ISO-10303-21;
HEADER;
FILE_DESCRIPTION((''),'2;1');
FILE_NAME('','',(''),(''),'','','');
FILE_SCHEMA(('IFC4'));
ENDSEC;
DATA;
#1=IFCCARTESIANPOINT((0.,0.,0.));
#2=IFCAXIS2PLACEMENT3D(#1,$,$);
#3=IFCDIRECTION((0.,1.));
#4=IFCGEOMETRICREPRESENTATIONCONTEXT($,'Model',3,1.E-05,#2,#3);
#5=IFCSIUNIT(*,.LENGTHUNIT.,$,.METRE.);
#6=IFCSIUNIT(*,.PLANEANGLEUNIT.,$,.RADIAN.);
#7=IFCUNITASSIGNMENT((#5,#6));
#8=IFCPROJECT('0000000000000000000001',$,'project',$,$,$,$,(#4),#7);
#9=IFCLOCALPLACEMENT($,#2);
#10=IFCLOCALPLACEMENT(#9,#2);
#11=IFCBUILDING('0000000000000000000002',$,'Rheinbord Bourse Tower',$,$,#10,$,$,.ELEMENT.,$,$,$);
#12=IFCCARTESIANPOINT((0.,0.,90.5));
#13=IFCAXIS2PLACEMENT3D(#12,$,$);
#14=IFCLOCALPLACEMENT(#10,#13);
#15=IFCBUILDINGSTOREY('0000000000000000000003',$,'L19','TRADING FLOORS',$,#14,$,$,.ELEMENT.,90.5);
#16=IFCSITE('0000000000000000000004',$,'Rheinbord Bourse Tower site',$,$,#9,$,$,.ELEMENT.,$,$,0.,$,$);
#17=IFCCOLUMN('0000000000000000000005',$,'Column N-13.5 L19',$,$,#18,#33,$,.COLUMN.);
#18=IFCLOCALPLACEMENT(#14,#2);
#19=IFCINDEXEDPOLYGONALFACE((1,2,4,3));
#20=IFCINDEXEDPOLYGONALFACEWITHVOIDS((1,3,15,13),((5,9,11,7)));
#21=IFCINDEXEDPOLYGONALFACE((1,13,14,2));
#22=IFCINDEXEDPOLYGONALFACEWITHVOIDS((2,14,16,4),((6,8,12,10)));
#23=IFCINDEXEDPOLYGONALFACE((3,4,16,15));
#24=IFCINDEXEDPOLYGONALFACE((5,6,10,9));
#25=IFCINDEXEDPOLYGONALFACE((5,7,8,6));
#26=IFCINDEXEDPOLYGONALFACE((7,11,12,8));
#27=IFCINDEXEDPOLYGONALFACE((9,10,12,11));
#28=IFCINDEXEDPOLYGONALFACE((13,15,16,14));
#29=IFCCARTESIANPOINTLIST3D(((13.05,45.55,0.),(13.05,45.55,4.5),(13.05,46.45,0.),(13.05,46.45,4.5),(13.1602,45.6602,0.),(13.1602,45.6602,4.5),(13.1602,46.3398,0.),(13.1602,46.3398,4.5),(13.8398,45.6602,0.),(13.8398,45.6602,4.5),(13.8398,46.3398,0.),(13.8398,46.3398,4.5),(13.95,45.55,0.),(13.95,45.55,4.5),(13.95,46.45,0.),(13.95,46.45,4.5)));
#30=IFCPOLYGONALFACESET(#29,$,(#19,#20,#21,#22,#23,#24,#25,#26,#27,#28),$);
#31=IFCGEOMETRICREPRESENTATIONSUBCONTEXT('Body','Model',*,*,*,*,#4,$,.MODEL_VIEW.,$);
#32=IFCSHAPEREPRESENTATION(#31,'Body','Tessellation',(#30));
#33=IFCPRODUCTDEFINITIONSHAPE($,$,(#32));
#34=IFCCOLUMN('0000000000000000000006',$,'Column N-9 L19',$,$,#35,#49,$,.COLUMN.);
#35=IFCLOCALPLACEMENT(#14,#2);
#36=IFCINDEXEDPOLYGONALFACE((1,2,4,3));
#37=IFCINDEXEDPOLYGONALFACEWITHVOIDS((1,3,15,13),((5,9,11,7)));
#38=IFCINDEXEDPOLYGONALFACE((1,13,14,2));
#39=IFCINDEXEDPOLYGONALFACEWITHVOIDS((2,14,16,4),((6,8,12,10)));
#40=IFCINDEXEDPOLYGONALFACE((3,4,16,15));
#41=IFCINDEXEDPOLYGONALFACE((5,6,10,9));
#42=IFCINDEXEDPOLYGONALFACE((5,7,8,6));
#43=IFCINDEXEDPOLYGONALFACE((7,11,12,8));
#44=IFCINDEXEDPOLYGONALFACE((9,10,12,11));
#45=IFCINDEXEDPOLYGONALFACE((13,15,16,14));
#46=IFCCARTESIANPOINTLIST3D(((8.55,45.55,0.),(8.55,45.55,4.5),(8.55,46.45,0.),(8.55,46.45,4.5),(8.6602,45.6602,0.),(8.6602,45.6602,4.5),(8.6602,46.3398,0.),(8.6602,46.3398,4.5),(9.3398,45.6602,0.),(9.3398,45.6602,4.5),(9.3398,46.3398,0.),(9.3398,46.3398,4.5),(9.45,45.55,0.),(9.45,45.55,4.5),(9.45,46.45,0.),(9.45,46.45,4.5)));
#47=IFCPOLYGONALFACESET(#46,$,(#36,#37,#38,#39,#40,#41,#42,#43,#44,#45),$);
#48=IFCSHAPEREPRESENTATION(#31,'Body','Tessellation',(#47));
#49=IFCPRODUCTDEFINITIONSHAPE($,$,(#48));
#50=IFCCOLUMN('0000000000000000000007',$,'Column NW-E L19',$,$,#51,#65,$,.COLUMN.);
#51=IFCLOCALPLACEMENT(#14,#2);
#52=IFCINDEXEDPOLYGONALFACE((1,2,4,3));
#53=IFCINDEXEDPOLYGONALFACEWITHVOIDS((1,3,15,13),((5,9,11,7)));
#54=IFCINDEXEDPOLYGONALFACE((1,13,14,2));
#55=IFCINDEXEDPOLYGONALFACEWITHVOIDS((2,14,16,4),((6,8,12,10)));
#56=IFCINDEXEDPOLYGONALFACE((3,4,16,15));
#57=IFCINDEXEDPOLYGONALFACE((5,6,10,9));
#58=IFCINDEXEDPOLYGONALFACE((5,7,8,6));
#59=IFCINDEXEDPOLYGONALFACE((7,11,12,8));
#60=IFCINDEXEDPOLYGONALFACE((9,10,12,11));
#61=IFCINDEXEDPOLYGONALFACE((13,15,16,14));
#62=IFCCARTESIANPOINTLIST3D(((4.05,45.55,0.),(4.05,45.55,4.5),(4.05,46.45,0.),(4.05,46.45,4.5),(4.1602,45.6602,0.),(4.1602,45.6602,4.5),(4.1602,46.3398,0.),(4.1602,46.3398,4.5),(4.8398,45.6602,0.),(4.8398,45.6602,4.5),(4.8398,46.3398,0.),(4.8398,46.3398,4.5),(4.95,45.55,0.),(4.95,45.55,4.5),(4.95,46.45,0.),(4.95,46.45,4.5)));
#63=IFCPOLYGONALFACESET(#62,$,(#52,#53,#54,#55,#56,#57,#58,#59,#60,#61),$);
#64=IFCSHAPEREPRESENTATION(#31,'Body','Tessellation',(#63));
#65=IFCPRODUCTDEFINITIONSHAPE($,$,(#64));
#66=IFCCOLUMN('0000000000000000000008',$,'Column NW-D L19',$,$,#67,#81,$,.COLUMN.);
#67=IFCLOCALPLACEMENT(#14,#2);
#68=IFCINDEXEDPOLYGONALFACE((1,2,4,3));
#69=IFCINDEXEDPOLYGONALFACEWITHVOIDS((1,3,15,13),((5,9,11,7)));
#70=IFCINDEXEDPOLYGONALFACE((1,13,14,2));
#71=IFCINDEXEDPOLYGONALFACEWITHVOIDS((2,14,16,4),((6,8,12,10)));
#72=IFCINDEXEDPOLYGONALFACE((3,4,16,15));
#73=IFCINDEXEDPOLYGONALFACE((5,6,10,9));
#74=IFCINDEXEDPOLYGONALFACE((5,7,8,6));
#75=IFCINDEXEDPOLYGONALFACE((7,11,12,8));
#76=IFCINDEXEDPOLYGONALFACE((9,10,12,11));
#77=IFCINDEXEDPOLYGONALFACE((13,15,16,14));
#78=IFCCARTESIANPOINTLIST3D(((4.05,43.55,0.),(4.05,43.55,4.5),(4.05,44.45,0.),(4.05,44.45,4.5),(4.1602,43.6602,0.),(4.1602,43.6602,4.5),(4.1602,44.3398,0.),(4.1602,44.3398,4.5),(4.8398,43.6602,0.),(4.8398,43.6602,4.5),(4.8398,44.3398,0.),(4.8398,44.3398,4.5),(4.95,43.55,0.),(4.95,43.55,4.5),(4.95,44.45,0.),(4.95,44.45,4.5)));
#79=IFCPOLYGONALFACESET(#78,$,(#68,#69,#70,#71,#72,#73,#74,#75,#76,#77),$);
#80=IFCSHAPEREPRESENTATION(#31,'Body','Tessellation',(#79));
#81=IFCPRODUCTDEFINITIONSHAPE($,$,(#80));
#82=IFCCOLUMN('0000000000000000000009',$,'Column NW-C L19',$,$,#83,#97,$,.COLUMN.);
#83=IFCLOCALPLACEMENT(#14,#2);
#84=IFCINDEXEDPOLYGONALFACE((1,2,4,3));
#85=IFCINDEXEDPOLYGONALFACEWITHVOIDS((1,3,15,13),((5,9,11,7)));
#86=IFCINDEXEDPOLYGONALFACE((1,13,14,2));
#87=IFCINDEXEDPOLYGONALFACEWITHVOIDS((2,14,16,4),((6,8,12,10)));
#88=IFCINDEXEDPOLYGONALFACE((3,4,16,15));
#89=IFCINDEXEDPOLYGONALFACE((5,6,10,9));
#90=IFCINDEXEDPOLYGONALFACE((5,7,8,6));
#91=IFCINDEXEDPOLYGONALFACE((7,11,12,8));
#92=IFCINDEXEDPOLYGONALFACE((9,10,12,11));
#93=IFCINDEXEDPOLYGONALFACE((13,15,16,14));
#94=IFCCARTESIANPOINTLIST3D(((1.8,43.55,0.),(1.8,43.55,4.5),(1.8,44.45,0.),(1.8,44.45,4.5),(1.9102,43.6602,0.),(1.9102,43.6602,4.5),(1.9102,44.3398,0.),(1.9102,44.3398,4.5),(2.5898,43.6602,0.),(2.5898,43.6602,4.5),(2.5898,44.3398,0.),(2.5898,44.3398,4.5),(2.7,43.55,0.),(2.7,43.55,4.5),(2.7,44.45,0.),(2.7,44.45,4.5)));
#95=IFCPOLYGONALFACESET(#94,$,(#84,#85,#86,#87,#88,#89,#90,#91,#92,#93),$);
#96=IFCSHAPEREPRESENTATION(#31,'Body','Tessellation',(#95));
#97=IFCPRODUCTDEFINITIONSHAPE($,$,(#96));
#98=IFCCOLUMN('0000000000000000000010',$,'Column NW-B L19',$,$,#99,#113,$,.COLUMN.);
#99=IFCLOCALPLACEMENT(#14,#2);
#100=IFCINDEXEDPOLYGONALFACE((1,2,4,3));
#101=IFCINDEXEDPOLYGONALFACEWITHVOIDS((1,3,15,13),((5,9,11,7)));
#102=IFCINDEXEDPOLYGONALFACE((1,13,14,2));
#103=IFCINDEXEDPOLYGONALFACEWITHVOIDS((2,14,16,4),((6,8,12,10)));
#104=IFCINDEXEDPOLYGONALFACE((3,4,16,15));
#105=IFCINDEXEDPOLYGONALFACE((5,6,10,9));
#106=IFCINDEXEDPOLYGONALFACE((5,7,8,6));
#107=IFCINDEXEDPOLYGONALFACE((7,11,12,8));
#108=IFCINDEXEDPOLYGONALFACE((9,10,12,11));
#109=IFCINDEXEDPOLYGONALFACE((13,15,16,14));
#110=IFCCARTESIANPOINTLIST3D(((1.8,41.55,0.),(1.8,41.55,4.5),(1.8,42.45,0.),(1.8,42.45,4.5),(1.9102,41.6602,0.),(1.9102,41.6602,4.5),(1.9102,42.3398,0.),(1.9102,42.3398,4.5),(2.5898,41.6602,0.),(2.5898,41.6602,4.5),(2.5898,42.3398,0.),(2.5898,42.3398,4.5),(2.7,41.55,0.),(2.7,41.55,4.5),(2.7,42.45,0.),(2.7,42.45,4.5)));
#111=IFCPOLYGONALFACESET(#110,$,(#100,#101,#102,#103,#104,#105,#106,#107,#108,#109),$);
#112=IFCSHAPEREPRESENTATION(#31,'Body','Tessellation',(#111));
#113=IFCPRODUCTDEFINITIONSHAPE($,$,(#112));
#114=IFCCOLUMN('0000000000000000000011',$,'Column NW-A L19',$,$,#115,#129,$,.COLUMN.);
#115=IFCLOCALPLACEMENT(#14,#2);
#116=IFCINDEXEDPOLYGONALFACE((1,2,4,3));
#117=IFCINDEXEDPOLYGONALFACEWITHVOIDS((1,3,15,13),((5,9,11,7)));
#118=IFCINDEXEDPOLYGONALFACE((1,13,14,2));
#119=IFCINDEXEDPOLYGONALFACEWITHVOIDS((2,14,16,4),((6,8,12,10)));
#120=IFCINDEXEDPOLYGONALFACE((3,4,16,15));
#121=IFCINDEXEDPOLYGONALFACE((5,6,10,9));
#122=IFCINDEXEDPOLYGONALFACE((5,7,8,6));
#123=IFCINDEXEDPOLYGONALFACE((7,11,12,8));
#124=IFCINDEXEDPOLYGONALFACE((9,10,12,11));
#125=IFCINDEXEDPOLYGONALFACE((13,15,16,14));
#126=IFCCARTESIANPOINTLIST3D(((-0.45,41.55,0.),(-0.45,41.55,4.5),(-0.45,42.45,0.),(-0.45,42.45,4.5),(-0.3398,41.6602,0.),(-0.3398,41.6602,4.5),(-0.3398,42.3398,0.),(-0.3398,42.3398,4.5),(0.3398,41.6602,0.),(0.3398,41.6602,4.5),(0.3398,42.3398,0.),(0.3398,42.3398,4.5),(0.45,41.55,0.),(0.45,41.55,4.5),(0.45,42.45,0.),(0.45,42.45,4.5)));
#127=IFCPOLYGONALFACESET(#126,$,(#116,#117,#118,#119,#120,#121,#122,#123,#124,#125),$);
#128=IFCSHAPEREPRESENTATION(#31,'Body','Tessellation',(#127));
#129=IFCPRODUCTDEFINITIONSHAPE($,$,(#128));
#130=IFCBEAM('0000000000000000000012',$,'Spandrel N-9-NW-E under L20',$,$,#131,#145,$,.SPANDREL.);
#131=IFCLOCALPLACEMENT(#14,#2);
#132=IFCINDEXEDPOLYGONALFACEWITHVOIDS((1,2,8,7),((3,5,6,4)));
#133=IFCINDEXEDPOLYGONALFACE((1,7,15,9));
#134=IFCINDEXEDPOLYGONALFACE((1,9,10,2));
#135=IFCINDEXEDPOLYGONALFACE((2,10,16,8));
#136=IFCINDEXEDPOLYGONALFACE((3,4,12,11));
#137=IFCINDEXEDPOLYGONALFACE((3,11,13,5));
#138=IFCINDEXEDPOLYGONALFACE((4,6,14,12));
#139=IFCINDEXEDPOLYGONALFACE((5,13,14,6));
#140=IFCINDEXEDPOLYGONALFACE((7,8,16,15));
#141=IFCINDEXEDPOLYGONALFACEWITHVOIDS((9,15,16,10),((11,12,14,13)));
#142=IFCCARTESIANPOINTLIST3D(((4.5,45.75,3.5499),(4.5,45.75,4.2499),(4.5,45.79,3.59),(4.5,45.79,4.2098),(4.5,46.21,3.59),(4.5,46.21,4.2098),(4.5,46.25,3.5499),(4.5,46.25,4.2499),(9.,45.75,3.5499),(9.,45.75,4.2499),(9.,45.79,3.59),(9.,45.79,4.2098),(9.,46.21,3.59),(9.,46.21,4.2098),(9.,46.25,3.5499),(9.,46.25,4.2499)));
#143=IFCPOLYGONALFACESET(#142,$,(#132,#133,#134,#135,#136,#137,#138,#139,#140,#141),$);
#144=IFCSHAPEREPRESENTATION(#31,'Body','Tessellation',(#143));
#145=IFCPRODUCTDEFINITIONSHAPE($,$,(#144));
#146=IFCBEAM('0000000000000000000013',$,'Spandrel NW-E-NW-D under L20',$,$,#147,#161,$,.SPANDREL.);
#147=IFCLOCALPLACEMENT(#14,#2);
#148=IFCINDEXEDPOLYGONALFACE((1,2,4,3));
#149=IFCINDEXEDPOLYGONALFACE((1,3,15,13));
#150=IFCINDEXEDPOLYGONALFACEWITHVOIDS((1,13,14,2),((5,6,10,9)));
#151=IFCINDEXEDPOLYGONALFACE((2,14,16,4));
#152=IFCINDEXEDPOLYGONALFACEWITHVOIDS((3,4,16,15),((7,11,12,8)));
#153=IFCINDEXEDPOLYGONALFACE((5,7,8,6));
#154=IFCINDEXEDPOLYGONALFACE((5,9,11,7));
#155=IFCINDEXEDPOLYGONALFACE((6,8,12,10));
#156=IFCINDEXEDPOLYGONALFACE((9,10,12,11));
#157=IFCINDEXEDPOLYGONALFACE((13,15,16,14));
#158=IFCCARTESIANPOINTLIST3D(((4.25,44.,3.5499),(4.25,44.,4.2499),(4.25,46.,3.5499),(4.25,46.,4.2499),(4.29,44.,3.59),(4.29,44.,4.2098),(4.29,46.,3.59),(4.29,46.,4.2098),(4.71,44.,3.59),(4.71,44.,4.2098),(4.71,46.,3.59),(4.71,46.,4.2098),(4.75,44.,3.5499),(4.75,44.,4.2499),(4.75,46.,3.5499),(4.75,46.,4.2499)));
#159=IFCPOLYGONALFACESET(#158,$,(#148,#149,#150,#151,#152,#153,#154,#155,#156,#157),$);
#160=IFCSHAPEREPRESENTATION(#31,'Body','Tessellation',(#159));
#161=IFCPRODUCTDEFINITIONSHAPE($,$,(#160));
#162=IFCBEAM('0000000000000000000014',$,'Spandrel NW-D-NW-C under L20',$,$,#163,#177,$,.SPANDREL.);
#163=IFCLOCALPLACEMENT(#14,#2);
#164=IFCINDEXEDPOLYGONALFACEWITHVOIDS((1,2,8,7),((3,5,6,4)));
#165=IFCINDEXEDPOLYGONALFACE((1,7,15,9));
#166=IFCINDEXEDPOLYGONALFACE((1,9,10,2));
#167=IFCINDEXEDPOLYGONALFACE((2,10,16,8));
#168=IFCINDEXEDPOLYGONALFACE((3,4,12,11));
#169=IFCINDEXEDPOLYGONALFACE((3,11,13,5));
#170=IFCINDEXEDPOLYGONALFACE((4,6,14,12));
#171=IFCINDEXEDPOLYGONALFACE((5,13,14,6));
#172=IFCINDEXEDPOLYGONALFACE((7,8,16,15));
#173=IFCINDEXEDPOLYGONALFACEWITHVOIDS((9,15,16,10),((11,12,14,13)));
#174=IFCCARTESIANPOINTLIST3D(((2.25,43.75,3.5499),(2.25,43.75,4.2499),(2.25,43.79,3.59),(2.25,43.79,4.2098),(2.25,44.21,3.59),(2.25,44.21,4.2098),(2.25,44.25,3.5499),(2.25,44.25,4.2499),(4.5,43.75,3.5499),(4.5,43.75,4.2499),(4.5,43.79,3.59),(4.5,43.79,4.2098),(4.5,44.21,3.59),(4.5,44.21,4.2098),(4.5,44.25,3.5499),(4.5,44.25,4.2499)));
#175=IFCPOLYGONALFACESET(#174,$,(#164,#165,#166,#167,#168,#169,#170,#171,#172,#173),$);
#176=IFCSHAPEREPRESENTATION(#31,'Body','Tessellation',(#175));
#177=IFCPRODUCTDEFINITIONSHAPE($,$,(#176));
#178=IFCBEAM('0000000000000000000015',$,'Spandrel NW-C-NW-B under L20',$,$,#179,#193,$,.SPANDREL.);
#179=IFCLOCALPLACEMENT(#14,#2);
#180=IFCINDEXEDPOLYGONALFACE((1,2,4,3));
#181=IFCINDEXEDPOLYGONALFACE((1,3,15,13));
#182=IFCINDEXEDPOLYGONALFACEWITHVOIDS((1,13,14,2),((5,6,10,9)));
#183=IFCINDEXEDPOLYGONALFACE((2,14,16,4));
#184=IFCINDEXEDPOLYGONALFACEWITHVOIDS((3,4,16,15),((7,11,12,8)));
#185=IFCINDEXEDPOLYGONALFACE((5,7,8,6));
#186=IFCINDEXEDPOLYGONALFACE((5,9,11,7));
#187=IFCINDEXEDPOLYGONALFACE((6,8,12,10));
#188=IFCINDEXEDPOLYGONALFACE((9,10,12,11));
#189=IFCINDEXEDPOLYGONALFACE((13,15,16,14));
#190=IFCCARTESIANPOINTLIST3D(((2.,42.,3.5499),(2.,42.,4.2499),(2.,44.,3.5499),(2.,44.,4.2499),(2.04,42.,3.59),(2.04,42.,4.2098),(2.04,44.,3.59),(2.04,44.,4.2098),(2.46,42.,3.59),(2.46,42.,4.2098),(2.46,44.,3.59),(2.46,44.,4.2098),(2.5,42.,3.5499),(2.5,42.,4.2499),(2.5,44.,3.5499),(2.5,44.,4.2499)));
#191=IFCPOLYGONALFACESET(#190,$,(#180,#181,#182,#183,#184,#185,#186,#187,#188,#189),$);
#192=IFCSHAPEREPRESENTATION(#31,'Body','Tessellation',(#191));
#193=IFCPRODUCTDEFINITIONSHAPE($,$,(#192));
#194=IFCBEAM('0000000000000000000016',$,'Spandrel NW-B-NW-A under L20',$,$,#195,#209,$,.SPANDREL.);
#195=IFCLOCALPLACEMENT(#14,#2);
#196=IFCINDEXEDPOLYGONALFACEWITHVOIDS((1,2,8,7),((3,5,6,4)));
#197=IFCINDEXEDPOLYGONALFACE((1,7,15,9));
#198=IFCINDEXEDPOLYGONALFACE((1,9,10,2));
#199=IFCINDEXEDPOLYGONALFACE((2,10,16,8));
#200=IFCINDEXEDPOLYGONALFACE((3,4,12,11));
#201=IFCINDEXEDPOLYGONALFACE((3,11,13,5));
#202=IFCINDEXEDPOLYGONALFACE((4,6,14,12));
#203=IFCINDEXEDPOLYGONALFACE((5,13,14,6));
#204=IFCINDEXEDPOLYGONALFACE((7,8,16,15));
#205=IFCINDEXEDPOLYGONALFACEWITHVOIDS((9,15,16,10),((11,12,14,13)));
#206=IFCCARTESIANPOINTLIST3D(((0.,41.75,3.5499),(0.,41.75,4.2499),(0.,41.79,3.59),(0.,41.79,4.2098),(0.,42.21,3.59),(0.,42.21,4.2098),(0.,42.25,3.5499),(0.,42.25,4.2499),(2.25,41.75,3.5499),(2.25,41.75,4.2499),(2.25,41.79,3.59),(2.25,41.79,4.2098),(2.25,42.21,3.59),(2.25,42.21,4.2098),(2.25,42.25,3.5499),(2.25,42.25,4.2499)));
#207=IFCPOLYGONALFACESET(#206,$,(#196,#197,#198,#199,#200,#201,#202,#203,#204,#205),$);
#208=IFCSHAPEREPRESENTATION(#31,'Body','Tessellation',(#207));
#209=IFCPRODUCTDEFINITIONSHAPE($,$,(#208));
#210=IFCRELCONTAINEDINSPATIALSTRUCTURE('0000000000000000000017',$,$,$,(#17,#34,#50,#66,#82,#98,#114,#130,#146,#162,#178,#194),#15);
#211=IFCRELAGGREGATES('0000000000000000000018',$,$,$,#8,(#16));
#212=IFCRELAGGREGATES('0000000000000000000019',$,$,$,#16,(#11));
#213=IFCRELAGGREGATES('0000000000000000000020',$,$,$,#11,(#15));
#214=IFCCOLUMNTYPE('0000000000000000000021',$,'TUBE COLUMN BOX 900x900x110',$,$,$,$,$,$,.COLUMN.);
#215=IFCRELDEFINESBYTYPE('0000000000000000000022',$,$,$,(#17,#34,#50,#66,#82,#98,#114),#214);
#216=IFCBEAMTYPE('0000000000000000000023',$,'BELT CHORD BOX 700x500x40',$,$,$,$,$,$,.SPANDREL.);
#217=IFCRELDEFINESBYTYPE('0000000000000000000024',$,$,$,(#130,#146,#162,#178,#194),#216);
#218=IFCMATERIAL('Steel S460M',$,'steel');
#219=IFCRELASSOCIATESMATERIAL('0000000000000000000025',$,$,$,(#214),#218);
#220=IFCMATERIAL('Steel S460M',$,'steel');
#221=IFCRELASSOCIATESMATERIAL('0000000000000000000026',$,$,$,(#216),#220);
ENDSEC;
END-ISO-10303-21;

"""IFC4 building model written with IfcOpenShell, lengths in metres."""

from ifc_helpers import new_model, si_unit, direction, frame, origin, origin_2d, place, context, subcontext, project, spatial, hollow_rectangle, extrude, material, material_profile, profile_set, type_object, element, save


model = new_model("IFC4")

# Units and contexts
model_context = context("Model", 3, precision=1e-05, world=origin(), true_north=direction((0.0, 1.0)))
body_context = subcontext(model_context, "Body", "Model", "MODEL_VIEW")
ifc_project = project(units=[si_unit("LENGTHUNIT", "METRE"), si_unit("PLANEANGLEUNIT", "RADIAN")], contexts=[model_context])

# Site, building, storey
site_placement = place(None, origin())
site = spatial("IfcSite", under=ifc_project, at=site_placement, Name="Rheinbord Bourse Tower site", CompositionType="ELEMENT", RefElevation=0.0)
building_placement = place(site_placement, origin())
building = spatial("IfcBuilding", under=site, at=building_placement, Name="Rheinbord Bourse Tower", CompositionType="ELEMENT")
storey_placement = place(building_placement, frame((0.0, 0.0, 90.5)))
storey = spatial("IfcBuildingStorey", under=building, at=storey_placement, Name="L19", Description="TRADING FLOORS", CompositionType="ELEMENT", Elevation=90.5)

# Columns
ifc_material_1 = material(Name="Steel S460M", Category="steel")
ifc_material_profile_1 = material_profile(ifc_material_1, hollow_rectangle(XDim=0.8999, YDim=0.8999, WallThickness=0.1101, at=origin_2d()), Name="BOX 900x900x110")
ifc_profile_set_1 = profile_set([ifc_material_profile_1], Name="Steel S460M")
column_type = type_object("IfcColumnType", Name="TUBE COLUMN BOX 900x900x110", PredefinedType="COLUMN", material=ifc_profile_set_1)
for number, where, z_axis, x_axis, name in (
    (1, (13.5, 46.0, 0.0), (0.0, 0.0, 1.0), (0.0, 1.0, 0.0), "Column N-13.5 L19"),
    (2, (9.0, 46.0, 0.0), (0.0, 0.0, 1.0), (0.0, 1.0, 0.0), "Column N-9 L19"),
    (3, (4.5, 46.0, 0.0), (0.0, 0.0, 1.0), (0.0, 1.0, 0.0), "Column NW-E L19"),
    (4, (4.5, 44.0, 0.0), (0.0, 0.0, 1.0), (0.0, 1.0, 0.0), "Column NW-D L19"),
    (5, (2.25, 44.0, 0.0), (0.0, 0.0, 1.0), (1.0, 0.0, 0.0), "Column NW-C L19"),
    (6, (2.25, 42.0, 0.0), (0.0, 0.0, 1.0), (1.0, 0.0, 0.0), "Column NW-B L19"),
    (7, (0.0, 42.0, 0.0), (0.0, 0.0, 1.0), (1.0, 0.0, 0.0), "Column NW-A L19"),
):
    element("IfcColumn", number, at=place(storey_placement, frame(where, z_axis=z_axis, x_axis=x_axis)), inside=storey, type_object=column_type, Name=name, PredefinedType="COLUMN", context=body_context, shape_type="SweptSolid", body=[
        extrude(hollow_rectangle(XDim=0.8999, YDim=0.8999, WallThickness=0.1101, at=origin_2d()), origin(), (0.0, 0.0, 1.0), 4.5),
    ])

# Beams
ifc_material_2 = material(Name="Steel S460M", Category="steel")
ifc_material_profile_2 = material_profile(ifc_material_2, hollow_rectangle(XDim=0.5, YDim=0.7, WallThickness=0.04, at=origin_2d()), Name="BOX 700x500x40")
ifc_profile_set_2 = profile_set([ifc_material_profile_2], Name="Steel S460M")
beam_type_1 = type_object("IfcBeamType", Name="BELT CHORD BOX 700x500x40", PredefinedType="SPANDREL", material=ifc_profile_set_2)
beam_1_placement = place(storey_placement, frame((9.0, 46.0, 3.8999), z_axis=(-1.0, 0.0, 0.0), x_axis=(0.0, -1.0, 0.0)))
element("IfcBeam", 8, at=beam_1_placement, inside=storey, type_object=beam_type_1, Name="Spandrel N-9-NW-E under L20", PredefinedType="SPANDREL", context=body_context, shape_type="SweptSolid", body=[
    extrude(hollow_rectangle(XDim=0.5, YDim=0.7, WallThickness=0.04, at=origin_2d()), origin(), (0.0, 0.0, 1.0), 4.5),
])
beam_2_placement = place(storey_placement, frame((4.5, 46.0, 3.8999), z_axis=(0.0, -1.0, 0.0), x_axis=(1.0, 0.0, 0.0)))
element("IfcBeam", 9, at=beam_2_placement, inside=storey, type_object=beam_type_1, Name="Spandrel NW-E-NW-D under L20", PredefinedType="SPANDREL", context=body_context, shape_type="SweptSolid", body=[
    extrude(hollow_rectangle(XDim=0.5, YDim=0.7, WallThickness=0.04, at=origin_2d()), origin(), (0.0, 0.0, 1.0), 2.0),
])
beam_3_placement = place(storey_placement, frame((4.5, 44.0, 3.8999), z_axis=(-1.0, 0.0, 0.0), x_axis=(0.0, -1.0, 0.0)))
element("IfcBeam", 10, at=beam_3_placement, inside=storey, type_object=beam_type_1, Name="Spandrel NW-D-NW-C under L20", PredefinedType="SPANDREL", context=body_context, shape_type="SweptSolid", body=[
    extrude(hollow_rectangle(XDim=0.5, YDim=0.7, WallThickness=0.04, at=origin_2d()), origin(), (0.0, 0.0, 1.0), 2.25),
])
beam_4_placement = place(storey_placement, frame((2.25, 44.0, 3.8999), z_axis=(0.0, -1.0, 0.0), x_axis=(1.0, 0.0, 0.0)))
element("IfcBeam", 11, at=beam_4_placement, inside=storey, type_object=beam_type_1, Name="Spandrel NW-C-NW-B under L20", PredefinedType="SPANDREL", context=body_context, shape_type="SweptSolid", body=[
    extrude(hollow_rectangle(XDim=0.5, YDim=0.7, WallThickness=0.04, at=origin_2d()), origin(), (0.0, 0.0, 1.0), 2.0),
])
beam_5_placement = place(storey_placement, frame((2.25, 42.0, 3.8999), z_axis=(-1.0, 0.0, 0.0), x_axis=(0.0, -1.0, 0.0)))
element("IfcBeam", 12, at=beam_5_placement, inside=storey, type_object=beam_type_1, Name="Spandrel NW-B-NW-A under L20", PredefinedType="SPANDREL", context=body_context, shape_type="SweptSolid", body=[
    extrude(hollow_rectangle(XDim=0.5, YDim=0.7, WallThickness=0.04, at=origin_2d()), origin(), (0.0, 0.0, 1.0), 2.25),
])

save(model, "model.ifc")
